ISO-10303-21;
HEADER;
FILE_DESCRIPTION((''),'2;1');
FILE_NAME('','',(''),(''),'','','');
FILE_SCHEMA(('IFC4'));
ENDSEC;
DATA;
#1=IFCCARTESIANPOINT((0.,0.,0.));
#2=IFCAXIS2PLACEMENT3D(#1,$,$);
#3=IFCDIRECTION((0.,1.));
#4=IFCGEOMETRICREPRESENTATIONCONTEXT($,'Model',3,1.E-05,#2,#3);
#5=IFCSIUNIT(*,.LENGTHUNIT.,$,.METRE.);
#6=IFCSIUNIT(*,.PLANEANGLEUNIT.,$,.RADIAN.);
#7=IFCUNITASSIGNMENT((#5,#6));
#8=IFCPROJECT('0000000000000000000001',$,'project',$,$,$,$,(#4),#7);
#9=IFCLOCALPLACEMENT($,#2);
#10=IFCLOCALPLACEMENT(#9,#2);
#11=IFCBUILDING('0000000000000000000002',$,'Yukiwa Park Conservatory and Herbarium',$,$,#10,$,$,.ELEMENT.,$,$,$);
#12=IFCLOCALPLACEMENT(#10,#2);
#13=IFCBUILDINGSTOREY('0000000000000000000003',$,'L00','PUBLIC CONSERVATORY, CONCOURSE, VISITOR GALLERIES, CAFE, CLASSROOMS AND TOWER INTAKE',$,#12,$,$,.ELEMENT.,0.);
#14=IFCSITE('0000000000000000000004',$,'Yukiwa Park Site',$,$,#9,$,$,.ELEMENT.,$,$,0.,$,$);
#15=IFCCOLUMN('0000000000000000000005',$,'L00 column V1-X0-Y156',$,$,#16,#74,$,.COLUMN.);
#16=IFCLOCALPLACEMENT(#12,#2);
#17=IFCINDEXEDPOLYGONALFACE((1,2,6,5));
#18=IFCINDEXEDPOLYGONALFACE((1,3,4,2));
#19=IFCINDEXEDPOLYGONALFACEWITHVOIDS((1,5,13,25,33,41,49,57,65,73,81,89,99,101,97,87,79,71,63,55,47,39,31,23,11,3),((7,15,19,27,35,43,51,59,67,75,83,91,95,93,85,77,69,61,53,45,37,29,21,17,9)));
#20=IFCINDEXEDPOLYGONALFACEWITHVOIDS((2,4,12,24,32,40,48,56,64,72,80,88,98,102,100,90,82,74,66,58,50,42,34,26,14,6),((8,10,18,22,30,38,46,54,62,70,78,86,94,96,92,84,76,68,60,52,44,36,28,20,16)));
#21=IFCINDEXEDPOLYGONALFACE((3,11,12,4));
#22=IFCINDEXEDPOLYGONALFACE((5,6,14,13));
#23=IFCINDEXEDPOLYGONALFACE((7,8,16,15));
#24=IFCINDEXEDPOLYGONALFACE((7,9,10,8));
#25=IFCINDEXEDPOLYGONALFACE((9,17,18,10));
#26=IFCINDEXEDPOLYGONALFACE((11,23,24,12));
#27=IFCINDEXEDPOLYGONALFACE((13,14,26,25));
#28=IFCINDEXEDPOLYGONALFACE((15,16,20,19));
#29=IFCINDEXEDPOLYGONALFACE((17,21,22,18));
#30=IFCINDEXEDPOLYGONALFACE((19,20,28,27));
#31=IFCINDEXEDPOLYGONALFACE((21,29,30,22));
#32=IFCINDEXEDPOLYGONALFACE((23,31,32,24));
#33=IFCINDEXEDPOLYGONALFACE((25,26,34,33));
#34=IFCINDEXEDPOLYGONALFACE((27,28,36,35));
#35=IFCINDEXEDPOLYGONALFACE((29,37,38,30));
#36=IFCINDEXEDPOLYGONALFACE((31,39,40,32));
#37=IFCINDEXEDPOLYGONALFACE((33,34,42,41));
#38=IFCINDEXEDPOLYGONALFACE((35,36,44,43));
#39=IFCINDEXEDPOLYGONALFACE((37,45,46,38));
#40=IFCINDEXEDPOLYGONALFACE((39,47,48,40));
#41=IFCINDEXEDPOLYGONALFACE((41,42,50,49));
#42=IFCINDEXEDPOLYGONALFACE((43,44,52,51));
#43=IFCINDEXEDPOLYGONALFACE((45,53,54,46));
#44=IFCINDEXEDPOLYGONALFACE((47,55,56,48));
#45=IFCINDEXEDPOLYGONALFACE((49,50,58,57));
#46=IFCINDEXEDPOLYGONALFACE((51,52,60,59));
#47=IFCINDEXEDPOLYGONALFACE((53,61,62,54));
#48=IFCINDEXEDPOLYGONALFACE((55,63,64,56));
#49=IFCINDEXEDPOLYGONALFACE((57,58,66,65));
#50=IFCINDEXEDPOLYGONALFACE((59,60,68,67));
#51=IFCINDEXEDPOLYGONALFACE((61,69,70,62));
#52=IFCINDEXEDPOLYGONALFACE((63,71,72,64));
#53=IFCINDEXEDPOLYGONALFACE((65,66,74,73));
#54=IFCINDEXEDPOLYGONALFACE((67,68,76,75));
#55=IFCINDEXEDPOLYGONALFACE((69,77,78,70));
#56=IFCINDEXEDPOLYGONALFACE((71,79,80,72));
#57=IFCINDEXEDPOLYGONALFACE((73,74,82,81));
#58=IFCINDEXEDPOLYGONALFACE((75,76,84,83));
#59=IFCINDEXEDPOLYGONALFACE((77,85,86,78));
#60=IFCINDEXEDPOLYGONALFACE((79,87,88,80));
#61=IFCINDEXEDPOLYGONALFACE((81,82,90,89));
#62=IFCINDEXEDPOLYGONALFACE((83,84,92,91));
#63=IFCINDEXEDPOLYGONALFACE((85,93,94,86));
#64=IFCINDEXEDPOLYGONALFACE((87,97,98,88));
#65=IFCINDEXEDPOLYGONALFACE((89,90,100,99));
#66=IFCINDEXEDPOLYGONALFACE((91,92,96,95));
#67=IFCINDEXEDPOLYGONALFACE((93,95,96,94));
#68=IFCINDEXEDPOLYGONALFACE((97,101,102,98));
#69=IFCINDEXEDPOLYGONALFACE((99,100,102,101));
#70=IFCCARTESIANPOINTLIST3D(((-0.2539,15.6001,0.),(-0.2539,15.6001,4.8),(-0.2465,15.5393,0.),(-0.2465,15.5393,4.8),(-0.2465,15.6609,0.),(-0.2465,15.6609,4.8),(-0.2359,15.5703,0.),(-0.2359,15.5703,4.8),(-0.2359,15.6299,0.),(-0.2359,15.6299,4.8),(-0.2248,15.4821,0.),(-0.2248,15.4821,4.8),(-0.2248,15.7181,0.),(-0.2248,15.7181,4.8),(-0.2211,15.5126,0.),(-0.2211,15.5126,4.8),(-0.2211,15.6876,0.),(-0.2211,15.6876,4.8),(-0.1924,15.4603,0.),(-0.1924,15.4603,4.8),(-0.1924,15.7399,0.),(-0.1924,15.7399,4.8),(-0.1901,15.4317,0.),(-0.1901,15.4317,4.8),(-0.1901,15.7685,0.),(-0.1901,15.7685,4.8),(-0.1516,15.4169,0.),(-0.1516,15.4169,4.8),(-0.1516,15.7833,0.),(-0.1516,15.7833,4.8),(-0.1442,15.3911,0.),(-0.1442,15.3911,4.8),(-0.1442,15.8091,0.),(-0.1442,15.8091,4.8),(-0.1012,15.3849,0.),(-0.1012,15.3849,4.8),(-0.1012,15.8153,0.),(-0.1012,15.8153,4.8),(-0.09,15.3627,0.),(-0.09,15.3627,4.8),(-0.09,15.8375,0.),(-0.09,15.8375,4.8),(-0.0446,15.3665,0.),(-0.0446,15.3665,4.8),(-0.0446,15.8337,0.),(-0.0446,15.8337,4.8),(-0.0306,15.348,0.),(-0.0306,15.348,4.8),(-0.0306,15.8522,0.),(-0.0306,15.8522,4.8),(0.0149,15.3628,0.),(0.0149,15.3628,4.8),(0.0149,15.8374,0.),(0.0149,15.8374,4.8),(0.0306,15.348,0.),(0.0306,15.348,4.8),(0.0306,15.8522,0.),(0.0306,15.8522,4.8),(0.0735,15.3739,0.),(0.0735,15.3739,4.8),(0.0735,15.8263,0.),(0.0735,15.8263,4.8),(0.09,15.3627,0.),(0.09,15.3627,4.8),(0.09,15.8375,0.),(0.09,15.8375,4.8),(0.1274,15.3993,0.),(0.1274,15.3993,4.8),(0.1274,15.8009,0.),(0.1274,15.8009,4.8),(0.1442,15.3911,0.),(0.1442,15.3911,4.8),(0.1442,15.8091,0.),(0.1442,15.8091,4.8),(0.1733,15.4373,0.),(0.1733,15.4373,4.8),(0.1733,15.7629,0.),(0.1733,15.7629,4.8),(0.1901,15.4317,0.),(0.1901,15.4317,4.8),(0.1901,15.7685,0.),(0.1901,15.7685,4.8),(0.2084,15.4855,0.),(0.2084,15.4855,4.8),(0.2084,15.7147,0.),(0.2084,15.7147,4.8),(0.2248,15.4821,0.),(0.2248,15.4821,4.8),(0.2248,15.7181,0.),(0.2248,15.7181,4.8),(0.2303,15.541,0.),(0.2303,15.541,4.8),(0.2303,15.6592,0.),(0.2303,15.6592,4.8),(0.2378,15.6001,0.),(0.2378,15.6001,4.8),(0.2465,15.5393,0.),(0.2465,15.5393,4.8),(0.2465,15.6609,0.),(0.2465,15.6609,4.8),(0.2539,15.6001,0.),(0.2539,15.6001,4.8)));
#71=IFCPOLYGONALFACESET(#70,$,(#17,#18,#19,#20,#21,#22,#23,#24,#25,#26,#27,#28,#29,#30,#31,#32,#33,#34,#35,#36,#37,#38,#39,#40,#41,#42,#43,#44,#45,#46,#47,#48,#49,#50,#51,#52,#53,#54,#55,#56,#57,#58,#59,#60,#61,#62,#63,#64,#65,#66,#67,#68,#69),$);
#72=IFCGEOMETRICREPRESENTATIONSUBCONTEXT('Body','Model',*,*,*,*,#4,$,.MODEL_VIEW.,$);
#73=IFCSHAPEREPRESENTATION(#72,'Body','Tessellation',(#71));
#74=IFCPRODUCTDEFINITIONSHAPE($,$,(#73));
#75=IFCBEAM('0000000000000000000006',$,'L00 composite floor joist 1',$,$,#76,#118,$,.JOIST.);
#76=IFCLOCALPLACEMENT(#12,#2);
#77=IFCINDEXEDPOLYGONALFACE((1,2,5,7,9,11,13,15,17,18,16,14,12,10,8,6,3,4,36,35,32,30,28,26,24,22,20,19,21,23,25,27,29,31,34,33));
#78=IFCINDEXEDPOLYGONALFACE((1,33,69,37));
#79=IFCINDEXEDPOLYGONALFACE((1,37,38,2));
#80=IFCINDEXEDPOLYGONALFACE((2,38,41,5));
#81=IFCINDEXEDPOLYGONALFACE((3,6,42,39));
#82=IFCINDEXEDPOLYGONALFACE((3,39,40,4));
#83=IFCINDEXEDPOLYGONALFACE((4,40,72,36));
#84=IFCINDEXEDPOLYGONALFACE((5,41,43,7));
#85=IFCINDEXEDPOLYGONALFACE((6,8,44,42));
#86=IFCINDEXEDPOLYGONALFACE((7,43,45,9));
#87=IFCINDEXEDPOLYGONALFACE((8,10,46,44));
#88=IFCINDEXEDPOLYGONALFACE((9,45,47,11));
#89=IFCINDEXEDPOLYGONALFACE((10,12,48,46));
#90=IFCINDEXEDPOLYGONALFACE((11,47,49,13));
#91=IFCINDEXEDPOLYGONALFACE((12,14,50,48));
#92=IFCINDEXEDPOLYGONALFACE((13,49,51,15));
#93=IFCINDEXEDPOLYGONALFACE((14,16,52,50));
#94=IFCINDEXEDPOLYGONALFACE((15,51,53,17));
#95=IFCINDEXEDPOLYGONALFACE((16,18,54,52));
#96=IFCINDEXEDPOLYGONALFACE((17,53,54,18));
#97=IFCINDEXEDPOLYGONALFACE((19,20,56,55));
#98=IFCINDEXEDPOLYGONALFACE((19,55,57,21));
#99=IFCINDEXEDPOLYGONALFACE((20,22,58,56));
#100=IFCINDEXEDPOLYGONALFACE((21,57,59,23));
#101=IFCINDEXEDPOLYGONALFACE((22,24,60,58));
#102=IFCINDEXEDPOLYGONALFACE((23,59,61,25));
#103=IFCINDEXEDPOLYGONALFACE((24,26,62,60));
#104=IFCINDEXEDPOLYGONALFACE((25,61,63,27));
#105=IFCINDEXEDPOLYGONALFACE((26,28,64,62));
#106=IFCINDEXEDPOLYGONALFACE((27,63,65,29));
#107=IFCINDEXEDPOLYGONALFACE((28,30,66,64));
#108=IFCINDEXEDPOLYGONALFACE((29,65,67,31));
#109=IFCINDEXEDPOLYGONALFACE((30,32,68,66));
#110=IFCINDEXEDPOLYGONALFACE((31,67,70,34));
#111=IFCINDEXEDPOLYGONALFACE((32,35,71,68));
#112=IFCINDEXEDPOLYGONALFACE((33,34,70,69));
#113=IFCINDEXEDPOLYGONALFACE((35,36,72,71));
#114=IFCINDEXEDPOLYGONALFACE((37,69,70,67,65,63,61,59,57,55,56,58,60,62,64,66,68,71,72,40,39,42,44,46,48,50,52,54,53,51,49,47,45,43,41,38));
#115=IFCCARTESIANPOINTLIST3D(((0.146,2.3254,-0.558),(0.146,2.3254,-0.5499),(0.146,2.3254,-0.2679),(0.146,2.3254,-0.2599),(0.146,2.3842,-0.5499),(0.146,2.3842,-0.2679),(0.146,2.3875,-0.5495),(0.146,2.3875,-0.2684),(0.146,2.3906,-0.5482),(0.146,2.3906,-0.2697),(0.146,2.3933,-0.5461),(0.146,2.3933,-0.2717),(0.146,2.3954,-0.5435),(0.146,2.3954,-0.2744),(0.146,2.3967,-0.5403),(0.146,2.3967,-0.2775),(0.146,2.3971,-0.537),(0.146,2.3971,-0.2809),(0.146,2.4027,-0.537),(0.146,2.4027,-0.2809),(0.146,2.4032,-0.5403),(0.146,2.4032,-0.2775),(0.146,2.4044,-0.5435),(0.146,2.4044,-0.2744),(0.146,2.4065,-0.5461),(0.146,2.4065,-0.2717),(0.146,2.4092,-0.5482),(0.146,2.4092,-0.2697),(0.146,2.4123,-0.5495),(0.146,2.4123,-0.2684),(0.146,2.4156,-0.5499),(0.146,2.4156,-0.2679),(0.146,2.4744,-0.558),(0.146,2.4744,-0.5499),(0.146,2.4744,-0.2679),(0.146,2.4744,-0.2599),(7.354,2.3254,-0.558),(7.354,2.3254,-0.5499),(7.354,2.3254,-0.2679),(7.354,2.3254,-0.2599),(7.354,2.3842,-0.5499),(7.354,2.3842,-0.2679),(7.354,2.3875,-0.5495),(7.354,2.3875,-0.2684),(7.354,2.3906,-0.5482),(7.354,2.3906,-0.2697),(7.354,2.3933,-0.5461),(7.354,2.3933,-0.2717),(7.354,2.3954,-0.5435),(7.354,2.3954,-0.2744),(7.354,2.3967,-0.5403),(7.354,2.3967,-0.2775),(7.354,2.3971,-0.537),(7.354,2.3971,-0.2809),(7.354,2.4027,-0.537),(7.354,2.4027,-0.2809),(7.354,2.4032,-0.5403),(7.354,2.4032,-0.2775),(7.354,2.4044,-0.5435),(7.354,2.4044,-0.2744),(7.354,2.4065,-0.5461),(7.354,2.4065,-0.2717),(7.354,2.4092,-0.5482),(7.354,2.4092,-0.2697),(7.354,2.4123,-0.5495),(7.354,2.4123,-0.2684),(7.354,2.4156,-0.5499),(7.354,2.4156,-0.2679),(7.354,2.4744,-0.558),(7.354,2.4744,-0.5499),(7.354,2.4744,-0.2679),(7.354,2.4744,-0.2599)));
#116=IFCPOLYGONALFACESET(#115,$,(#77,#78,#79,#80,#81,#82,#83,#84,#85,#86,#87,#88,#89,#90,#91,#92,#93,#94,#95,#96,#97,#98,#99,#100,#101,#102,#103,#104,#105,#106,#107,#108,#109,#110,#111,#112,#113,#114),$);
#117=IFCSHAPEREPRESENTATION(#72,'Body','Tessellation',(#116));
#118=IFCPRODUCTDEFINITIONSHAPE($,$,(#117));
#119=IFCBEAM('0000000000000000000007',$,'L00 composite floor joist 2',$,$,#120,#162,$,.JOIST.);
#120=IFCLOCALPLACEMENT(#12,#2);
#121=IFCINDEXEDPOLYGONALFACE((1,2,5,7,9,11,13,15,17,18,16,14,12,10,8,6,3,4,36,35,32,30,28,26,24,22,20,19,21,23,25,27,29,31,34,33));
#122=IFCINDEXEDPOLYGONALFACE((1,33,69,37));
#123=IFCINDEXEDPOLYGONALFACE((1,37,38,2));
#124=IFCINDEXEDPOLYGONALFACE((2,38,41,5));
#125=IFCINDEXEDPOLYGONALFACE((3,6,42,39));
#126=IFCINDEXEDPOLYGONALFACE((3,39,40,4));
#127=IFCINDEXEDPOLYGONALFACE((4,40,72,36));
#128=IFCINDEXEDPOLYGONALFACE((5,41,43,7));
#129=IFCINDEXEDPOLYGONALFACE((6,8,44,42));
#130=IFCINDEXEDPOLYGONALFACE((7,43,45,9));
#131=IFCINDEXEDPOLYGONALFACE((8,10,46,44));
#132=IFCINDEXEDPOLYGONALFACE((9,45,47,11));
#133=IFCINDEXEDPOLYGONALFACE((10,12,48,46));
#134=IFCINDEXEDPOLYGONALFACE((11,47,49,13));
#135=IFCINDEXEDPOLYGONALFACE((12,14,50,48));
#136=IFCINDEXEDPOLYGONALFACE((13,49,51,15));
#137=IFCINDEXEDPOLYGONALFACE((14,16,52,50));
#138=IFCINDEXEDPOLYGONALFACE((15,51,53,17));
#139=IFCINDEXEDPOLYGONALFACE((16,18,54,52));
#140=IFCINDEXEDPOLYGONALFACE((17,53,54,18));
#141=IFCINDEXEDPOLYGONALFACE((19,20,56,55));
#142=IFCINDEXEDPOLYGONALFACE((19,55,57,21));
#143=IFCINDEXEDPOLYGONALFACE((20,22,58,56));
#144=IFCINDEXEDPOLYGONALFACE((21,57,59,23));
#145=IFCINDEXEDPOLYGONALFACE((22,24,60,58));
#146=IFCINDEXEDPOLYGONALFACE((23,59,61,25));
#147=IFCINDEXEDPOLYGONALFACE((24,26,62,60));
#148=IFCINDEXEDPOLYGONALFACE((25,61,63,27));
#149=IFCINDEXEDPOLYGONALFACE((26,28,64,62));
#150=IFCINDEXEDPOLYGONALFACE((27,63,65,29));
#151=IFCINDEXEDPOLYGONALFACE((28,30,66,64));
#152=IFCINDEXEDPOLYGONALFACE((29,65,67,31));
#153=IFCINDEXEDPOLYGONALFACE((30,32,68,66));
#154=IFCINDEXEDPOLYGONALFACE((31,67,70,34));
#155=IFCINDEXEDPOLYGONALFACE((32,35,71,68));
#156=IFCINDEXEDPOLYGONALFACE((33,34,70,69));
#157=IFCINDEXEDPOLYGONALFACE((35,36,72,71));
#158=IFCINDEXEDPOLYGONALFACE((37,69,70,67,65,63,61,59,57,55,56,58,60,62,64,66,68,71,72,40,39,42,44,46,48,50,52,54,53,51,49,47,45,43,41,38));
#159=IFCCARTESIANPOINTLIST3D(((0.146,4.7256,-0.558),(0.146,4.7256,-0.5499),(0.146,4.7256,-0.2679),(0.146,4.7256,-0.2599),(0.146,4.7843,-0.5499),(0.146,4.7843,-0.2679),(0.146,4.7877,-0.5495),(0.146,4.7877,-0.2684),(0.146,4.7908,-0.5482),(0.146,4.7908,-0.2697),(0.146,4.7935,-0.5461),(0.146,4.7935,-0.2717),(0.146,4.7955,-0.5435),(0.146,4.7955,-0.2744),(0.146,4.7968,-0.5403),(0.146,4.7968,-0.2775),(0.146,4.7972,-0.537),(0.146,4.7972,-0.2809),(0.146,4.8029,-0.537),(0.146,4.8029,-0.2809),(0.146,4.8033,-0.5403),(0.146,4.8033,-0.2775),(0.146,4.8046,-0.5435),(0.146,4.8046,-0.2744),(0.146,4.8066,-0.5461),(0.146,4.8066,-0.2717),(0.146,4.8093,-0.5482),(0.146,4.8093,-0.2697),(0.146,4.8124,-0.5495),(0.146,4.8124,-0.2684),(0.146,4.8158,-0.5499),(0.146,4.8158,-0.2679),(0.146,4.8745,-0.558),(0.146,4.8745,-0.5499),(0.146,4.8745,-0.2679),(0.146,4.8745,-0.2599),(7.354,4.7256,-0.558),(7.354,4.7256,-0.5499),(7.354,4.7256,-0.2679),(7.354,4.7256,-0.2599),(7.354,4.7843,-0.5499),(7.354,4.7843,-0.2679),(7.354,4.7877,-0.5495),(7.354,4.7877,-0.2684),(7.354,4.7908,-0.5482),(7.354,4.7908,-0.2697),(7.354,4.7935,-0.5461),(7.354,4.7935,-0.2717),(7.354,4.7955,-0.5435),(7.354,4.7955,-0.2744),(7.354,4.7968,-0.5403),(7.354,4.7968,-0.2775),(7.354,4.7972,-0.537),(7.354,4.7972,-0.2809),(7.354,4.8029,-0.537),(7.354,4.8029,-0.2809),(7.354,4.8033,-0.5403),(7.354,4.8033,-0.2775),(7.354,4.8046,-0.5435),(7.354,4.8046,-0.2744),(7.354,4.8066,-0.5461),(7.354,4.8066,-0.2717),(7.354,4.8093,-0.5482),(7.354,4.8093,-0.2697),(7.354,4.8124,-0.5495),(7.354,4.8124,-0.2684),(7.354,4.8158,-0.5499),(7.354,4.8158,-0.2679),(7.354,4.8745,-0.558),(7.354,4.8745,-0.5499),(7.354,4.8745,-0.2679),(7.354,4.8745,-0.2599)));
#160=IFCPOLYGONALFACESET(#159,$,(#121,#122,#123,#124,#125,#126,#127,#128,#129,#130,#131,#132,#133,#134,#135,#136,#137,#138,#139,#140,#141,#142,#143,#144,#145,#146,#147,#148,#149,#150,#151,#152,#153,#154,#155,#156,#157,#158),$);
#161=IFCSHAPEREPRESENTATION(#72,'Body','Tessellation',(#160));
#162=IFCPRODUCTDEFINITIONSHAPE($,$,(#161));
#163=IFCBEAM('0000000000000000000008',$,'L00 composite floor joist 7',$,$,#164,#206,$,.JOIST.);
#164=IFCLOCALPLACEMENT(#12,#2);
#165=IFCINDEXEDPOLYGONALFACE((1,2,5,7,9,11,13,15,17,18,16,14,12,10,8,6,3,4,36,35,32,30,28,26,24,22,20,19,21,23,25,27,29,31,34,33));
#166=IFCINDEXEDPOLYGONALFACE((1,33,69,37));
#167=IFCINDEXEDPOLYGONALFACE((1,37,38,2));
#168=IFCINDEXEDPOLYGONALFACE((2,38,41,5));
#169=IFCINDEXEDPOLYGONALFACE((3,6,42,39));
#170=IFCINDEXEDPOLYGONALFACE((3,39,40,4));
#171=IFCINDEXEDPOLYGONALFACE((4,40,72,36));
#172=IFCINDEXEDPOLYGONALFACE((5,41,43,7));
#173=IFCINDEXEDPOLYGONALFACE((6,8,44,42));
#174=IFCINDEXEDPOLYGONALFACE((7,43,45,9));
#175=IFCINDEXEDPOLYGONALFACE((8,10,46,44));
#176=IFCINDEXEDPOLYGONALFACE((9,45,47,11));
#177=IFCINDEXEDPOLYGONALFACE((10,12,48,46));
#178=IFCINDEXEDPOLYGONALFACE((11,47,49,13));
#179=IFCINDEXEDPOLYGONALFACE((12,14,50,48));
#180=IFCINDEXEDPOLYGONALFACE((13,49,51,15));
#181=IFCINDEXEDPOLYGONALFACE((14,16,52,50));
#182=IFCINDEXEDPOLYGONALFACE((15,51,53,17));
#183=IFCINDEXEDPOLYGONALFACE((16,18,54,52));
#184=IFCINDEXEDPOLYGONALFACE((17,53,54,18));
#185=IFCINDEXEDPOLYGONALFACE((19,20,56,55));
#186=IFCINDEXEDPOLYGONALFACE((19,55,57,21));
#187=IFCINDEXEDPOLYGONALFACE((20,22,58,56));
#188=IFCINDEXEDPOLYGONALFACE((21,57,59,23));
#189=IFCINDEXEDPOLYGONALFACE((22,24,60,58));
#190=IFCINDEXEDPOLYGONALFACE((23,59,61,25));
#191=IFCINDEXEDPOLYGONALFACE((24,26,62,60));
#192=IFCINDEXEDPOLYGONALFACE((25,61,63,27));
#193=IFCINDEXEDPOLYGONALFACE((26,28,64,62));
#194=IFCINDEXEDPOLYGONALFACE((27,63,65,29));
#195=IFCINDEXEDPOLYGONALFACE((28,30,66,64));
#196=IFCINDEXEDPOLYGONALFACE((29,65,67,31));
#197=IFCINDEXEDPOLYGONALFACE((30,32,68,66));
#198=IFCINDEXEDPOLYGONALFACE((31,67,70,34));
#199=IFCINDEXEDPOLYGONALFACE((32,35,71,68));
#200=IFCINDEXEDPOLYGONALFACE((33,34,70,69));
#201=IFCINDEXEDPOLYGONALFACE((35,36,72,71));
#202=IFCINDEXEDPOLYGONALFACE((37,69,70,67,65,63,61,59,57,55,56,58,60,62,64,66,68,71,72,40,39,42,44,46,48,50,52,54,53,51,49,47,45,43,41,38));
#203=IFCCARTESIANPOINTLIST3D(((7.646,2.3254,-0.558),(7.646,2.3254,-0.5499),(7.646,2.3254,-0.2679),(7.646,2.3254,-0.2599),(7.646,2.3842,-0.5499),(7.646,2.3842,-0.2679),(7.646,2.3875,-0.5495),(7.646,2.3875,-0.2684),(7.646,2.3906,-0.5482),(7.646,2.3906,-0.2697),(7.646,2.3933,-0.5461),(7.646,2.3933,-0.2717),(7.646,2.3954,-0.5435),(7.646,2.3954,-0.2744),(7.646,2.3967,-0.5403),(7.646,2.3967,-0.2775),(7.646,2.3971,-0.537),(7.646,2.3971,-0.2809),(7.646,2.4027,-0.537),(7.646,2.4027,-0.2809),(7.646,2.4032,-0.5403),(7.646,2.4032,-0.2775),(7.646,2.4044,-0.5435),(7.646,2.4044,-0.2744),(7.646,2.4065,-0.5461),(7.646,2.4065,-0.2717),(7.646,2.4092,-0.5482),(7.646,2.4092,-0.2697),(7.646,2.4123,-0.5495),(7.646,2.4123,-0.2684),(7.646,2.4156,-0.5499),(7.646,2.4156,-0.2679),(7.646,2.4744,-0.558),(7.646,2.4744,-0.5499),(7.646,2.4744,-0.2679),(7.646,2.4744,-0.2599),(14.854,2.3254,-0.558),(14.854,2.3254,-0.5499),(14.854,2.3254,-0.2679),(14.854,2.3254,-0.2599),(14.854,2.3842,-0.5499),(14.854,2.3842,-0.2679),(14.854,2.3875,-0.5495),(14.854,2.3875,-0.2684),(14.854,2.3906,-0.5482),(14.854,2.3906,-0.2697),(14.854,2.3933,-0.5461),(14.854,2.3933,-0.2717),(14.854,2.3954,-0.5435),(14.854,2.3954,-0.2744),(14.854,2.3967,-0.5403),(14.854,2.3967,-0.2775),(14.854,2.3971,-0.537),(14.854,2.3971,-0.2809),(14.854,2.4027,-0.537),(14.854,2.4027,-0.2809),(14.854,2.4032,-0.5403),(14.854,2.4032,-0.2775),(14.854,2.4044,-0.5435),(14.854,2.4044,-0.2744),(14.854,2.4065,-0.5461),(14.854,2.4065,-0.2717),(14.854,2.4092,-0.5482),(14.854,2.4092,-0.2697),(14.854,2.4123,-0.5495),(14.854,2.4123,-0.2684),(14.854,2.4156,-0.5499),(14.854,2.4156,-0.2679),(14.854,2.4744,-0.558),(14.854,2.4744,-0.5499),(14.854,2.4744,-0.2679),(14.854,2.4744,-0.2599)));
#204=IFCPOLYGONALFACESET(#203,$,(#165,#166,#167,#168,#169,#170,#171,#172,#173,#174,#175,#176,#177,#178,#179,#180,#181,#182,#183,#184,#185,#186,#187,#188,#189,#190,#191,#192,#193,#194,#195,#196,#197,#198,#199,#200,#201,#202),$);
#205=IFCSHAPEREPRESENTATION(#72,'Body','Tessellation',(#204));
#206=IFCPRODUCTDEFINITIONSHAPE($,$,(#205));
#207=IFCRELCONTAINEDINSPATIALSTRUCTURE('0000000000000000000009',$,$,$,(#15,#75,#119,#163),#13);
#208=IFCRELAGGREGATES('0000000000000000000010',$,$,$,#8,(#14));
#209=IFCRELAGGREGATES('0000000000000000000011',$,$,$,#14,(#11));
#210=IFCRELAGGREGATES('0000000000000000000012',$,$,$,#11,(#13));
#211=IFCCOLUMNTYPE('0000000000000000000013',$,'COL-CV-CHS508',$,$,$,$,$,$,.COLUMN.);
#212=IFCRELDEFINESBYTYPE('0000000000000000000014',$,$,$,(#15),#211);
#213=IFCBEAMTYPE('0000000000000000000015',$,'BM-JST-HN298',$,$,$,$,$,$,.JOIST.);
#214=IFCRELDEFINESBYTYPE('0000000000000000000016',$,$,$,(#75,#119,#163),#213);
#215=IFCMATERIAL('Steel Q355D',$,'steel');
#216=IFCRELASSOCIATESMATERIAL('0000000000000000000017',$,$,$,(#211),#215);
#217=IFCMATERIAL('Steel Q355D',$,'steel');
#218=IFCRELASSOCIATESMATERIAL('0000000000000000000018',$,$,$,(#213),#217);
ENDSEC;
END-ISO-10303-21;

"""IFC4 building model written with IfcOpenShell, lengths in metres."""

from ifc_helpers import new_model, si_unit, direction, frame, origin, origin_2d, place, context, subcontext, project, spatial, hollow_circle, i_section, extrude, material, material_profile, profile_set, type_object, element, save


model = new_model("IFC4")

# Units and contexts
model_context = context("Model", 3, precision=1e-05, world=origin(), true_north=direction((0.0, 1.0)))
body_context = subcontext(model_context, "Body", "Model", "MODEL_VIEW")
ifc_project = project(units=[si_unit("LENGTHUNIT", "METRE"), si_unit("PLANEANGLEUNIT", "RADIAN")], contexts=[model_context])

# Site, building, storey
site_placement = place(None, origin())
site = spatial("IfcSite", under=ifc_project, at=site_placement, Name="Yukiwa Park Site", CompositionType="ELEMENT", RefElevation=0.0)
building_placement = place(site_placement, origin())
building = spatial("IfcBuilding", under=site, at=building_placement, Name="Yukiwa Park Conservatory and Herbarium", CompositionType="ELEMENT")
storey_placement = place(building_placement, origin())
storey = spatial("IfcBuildingStorey", under=building, at=storey_placement, Name="L00", Description="PUBLIC CONSERVATORY, CONCOURSE, VISITOR GALLERIES, CAFE, CLASSROOMS AND TOWER INTAKE", CompositionType="ELEMENT", Elevation=0.0)

# Column
ifc_material_1 = material(Name="Steel Q355D", Category="steel")
ifc_material_profile_1 = material_profile(ifc_material_1, hollow_circle(Radius=0.2539, WallThickness=0.0161, at=origin_2d()), Name="CHS 508x16")
ifc_profile_set_1 = profile_set([ifc_material_profile_1], Name="Steel Q355D")
column_type = type_object("IfcColumnType", Name="COL-CV-CHS508", PredefinedType="COLUMN", material=ifc_profile_set_1)
column_placement = place(storey_placement, frame((0.0, 15.6001, 0.0), z_axis=(0.0, 0.0, 1.0), x_axis=(1.0, 0.0, 0.0)))
element("IfcColumn", 1, at=column_placement, inside=storey, type_object=column_type, Name="L00 column V1-X0-Y156", PredefinedType="COLUMN", context=body_context, shape_type="SweptSolid", body=[
    extrude(hollow_circle(Radius=0.2539, WallThickness=0.0161, at=origin_2d()), origin(), (0.0, 0.0, 1.0), 4.8),
])

# Beams
ifc_material_2 = material(Name="Steel Q355D", Category="steel")
ifc_material_profile_2 = material_profile(ifc_material_2, i_section(OverallWidth=0.1489, OverallDepth=0.2981, WebThickness=0.0056, FlangeThickness=0.0081, FilletRadius=0.0129, at=origin_2d()), Name="HN 298x149x5.5x8")
ifc_profile_set_2 = profile_set([ifc_material_profile_2], Name="Steel Q355D")
beam_type_1 = type_object("IfcBeamType", Name="BM-JST-HN298", PredefinedType="JOIST", material=ifc_profile_set_2)
for number, where, z_axis, x_axis, name in (
    (2, (0.146, 2.3999, -0.4089), (1.0, 0.0, 0.0), (0.0, 1.0, 0.0), "L00 composite floor joist 1"),
    (3, (0.146, 4.8, -0.4089), (1.0, 0.0, 0.0), (0.0, 1.0, 0.0), "L00 composite floor joist 2"),
    (4, (7.646, 2.3999, -0.4089), (1.0, 0.0, 0.0), (0.0, 1.0, 0.0), "L00 composite floor joist 7"),
):
    element("IfcBeam", number, at=place(storey_placement, frame(where, z_axis=z_axis, x_axis=x_axis)), inside=storey, type_object=beam_type_1, Name=name, PredefinedType="JOIST", context=body_context, shape_type="SweptSolid", body=[
        extrude(i_section(OverallWidth=0.1489, OverallDepth=0.2981, WebThickness=0.0056, FlangeThickness=0.0081, FilletRadius=0.0129, at=origin_2d()), origin(), (0.0, 0.0, 1.0), 7.208),
    ])

save(model, "model.ifc")
